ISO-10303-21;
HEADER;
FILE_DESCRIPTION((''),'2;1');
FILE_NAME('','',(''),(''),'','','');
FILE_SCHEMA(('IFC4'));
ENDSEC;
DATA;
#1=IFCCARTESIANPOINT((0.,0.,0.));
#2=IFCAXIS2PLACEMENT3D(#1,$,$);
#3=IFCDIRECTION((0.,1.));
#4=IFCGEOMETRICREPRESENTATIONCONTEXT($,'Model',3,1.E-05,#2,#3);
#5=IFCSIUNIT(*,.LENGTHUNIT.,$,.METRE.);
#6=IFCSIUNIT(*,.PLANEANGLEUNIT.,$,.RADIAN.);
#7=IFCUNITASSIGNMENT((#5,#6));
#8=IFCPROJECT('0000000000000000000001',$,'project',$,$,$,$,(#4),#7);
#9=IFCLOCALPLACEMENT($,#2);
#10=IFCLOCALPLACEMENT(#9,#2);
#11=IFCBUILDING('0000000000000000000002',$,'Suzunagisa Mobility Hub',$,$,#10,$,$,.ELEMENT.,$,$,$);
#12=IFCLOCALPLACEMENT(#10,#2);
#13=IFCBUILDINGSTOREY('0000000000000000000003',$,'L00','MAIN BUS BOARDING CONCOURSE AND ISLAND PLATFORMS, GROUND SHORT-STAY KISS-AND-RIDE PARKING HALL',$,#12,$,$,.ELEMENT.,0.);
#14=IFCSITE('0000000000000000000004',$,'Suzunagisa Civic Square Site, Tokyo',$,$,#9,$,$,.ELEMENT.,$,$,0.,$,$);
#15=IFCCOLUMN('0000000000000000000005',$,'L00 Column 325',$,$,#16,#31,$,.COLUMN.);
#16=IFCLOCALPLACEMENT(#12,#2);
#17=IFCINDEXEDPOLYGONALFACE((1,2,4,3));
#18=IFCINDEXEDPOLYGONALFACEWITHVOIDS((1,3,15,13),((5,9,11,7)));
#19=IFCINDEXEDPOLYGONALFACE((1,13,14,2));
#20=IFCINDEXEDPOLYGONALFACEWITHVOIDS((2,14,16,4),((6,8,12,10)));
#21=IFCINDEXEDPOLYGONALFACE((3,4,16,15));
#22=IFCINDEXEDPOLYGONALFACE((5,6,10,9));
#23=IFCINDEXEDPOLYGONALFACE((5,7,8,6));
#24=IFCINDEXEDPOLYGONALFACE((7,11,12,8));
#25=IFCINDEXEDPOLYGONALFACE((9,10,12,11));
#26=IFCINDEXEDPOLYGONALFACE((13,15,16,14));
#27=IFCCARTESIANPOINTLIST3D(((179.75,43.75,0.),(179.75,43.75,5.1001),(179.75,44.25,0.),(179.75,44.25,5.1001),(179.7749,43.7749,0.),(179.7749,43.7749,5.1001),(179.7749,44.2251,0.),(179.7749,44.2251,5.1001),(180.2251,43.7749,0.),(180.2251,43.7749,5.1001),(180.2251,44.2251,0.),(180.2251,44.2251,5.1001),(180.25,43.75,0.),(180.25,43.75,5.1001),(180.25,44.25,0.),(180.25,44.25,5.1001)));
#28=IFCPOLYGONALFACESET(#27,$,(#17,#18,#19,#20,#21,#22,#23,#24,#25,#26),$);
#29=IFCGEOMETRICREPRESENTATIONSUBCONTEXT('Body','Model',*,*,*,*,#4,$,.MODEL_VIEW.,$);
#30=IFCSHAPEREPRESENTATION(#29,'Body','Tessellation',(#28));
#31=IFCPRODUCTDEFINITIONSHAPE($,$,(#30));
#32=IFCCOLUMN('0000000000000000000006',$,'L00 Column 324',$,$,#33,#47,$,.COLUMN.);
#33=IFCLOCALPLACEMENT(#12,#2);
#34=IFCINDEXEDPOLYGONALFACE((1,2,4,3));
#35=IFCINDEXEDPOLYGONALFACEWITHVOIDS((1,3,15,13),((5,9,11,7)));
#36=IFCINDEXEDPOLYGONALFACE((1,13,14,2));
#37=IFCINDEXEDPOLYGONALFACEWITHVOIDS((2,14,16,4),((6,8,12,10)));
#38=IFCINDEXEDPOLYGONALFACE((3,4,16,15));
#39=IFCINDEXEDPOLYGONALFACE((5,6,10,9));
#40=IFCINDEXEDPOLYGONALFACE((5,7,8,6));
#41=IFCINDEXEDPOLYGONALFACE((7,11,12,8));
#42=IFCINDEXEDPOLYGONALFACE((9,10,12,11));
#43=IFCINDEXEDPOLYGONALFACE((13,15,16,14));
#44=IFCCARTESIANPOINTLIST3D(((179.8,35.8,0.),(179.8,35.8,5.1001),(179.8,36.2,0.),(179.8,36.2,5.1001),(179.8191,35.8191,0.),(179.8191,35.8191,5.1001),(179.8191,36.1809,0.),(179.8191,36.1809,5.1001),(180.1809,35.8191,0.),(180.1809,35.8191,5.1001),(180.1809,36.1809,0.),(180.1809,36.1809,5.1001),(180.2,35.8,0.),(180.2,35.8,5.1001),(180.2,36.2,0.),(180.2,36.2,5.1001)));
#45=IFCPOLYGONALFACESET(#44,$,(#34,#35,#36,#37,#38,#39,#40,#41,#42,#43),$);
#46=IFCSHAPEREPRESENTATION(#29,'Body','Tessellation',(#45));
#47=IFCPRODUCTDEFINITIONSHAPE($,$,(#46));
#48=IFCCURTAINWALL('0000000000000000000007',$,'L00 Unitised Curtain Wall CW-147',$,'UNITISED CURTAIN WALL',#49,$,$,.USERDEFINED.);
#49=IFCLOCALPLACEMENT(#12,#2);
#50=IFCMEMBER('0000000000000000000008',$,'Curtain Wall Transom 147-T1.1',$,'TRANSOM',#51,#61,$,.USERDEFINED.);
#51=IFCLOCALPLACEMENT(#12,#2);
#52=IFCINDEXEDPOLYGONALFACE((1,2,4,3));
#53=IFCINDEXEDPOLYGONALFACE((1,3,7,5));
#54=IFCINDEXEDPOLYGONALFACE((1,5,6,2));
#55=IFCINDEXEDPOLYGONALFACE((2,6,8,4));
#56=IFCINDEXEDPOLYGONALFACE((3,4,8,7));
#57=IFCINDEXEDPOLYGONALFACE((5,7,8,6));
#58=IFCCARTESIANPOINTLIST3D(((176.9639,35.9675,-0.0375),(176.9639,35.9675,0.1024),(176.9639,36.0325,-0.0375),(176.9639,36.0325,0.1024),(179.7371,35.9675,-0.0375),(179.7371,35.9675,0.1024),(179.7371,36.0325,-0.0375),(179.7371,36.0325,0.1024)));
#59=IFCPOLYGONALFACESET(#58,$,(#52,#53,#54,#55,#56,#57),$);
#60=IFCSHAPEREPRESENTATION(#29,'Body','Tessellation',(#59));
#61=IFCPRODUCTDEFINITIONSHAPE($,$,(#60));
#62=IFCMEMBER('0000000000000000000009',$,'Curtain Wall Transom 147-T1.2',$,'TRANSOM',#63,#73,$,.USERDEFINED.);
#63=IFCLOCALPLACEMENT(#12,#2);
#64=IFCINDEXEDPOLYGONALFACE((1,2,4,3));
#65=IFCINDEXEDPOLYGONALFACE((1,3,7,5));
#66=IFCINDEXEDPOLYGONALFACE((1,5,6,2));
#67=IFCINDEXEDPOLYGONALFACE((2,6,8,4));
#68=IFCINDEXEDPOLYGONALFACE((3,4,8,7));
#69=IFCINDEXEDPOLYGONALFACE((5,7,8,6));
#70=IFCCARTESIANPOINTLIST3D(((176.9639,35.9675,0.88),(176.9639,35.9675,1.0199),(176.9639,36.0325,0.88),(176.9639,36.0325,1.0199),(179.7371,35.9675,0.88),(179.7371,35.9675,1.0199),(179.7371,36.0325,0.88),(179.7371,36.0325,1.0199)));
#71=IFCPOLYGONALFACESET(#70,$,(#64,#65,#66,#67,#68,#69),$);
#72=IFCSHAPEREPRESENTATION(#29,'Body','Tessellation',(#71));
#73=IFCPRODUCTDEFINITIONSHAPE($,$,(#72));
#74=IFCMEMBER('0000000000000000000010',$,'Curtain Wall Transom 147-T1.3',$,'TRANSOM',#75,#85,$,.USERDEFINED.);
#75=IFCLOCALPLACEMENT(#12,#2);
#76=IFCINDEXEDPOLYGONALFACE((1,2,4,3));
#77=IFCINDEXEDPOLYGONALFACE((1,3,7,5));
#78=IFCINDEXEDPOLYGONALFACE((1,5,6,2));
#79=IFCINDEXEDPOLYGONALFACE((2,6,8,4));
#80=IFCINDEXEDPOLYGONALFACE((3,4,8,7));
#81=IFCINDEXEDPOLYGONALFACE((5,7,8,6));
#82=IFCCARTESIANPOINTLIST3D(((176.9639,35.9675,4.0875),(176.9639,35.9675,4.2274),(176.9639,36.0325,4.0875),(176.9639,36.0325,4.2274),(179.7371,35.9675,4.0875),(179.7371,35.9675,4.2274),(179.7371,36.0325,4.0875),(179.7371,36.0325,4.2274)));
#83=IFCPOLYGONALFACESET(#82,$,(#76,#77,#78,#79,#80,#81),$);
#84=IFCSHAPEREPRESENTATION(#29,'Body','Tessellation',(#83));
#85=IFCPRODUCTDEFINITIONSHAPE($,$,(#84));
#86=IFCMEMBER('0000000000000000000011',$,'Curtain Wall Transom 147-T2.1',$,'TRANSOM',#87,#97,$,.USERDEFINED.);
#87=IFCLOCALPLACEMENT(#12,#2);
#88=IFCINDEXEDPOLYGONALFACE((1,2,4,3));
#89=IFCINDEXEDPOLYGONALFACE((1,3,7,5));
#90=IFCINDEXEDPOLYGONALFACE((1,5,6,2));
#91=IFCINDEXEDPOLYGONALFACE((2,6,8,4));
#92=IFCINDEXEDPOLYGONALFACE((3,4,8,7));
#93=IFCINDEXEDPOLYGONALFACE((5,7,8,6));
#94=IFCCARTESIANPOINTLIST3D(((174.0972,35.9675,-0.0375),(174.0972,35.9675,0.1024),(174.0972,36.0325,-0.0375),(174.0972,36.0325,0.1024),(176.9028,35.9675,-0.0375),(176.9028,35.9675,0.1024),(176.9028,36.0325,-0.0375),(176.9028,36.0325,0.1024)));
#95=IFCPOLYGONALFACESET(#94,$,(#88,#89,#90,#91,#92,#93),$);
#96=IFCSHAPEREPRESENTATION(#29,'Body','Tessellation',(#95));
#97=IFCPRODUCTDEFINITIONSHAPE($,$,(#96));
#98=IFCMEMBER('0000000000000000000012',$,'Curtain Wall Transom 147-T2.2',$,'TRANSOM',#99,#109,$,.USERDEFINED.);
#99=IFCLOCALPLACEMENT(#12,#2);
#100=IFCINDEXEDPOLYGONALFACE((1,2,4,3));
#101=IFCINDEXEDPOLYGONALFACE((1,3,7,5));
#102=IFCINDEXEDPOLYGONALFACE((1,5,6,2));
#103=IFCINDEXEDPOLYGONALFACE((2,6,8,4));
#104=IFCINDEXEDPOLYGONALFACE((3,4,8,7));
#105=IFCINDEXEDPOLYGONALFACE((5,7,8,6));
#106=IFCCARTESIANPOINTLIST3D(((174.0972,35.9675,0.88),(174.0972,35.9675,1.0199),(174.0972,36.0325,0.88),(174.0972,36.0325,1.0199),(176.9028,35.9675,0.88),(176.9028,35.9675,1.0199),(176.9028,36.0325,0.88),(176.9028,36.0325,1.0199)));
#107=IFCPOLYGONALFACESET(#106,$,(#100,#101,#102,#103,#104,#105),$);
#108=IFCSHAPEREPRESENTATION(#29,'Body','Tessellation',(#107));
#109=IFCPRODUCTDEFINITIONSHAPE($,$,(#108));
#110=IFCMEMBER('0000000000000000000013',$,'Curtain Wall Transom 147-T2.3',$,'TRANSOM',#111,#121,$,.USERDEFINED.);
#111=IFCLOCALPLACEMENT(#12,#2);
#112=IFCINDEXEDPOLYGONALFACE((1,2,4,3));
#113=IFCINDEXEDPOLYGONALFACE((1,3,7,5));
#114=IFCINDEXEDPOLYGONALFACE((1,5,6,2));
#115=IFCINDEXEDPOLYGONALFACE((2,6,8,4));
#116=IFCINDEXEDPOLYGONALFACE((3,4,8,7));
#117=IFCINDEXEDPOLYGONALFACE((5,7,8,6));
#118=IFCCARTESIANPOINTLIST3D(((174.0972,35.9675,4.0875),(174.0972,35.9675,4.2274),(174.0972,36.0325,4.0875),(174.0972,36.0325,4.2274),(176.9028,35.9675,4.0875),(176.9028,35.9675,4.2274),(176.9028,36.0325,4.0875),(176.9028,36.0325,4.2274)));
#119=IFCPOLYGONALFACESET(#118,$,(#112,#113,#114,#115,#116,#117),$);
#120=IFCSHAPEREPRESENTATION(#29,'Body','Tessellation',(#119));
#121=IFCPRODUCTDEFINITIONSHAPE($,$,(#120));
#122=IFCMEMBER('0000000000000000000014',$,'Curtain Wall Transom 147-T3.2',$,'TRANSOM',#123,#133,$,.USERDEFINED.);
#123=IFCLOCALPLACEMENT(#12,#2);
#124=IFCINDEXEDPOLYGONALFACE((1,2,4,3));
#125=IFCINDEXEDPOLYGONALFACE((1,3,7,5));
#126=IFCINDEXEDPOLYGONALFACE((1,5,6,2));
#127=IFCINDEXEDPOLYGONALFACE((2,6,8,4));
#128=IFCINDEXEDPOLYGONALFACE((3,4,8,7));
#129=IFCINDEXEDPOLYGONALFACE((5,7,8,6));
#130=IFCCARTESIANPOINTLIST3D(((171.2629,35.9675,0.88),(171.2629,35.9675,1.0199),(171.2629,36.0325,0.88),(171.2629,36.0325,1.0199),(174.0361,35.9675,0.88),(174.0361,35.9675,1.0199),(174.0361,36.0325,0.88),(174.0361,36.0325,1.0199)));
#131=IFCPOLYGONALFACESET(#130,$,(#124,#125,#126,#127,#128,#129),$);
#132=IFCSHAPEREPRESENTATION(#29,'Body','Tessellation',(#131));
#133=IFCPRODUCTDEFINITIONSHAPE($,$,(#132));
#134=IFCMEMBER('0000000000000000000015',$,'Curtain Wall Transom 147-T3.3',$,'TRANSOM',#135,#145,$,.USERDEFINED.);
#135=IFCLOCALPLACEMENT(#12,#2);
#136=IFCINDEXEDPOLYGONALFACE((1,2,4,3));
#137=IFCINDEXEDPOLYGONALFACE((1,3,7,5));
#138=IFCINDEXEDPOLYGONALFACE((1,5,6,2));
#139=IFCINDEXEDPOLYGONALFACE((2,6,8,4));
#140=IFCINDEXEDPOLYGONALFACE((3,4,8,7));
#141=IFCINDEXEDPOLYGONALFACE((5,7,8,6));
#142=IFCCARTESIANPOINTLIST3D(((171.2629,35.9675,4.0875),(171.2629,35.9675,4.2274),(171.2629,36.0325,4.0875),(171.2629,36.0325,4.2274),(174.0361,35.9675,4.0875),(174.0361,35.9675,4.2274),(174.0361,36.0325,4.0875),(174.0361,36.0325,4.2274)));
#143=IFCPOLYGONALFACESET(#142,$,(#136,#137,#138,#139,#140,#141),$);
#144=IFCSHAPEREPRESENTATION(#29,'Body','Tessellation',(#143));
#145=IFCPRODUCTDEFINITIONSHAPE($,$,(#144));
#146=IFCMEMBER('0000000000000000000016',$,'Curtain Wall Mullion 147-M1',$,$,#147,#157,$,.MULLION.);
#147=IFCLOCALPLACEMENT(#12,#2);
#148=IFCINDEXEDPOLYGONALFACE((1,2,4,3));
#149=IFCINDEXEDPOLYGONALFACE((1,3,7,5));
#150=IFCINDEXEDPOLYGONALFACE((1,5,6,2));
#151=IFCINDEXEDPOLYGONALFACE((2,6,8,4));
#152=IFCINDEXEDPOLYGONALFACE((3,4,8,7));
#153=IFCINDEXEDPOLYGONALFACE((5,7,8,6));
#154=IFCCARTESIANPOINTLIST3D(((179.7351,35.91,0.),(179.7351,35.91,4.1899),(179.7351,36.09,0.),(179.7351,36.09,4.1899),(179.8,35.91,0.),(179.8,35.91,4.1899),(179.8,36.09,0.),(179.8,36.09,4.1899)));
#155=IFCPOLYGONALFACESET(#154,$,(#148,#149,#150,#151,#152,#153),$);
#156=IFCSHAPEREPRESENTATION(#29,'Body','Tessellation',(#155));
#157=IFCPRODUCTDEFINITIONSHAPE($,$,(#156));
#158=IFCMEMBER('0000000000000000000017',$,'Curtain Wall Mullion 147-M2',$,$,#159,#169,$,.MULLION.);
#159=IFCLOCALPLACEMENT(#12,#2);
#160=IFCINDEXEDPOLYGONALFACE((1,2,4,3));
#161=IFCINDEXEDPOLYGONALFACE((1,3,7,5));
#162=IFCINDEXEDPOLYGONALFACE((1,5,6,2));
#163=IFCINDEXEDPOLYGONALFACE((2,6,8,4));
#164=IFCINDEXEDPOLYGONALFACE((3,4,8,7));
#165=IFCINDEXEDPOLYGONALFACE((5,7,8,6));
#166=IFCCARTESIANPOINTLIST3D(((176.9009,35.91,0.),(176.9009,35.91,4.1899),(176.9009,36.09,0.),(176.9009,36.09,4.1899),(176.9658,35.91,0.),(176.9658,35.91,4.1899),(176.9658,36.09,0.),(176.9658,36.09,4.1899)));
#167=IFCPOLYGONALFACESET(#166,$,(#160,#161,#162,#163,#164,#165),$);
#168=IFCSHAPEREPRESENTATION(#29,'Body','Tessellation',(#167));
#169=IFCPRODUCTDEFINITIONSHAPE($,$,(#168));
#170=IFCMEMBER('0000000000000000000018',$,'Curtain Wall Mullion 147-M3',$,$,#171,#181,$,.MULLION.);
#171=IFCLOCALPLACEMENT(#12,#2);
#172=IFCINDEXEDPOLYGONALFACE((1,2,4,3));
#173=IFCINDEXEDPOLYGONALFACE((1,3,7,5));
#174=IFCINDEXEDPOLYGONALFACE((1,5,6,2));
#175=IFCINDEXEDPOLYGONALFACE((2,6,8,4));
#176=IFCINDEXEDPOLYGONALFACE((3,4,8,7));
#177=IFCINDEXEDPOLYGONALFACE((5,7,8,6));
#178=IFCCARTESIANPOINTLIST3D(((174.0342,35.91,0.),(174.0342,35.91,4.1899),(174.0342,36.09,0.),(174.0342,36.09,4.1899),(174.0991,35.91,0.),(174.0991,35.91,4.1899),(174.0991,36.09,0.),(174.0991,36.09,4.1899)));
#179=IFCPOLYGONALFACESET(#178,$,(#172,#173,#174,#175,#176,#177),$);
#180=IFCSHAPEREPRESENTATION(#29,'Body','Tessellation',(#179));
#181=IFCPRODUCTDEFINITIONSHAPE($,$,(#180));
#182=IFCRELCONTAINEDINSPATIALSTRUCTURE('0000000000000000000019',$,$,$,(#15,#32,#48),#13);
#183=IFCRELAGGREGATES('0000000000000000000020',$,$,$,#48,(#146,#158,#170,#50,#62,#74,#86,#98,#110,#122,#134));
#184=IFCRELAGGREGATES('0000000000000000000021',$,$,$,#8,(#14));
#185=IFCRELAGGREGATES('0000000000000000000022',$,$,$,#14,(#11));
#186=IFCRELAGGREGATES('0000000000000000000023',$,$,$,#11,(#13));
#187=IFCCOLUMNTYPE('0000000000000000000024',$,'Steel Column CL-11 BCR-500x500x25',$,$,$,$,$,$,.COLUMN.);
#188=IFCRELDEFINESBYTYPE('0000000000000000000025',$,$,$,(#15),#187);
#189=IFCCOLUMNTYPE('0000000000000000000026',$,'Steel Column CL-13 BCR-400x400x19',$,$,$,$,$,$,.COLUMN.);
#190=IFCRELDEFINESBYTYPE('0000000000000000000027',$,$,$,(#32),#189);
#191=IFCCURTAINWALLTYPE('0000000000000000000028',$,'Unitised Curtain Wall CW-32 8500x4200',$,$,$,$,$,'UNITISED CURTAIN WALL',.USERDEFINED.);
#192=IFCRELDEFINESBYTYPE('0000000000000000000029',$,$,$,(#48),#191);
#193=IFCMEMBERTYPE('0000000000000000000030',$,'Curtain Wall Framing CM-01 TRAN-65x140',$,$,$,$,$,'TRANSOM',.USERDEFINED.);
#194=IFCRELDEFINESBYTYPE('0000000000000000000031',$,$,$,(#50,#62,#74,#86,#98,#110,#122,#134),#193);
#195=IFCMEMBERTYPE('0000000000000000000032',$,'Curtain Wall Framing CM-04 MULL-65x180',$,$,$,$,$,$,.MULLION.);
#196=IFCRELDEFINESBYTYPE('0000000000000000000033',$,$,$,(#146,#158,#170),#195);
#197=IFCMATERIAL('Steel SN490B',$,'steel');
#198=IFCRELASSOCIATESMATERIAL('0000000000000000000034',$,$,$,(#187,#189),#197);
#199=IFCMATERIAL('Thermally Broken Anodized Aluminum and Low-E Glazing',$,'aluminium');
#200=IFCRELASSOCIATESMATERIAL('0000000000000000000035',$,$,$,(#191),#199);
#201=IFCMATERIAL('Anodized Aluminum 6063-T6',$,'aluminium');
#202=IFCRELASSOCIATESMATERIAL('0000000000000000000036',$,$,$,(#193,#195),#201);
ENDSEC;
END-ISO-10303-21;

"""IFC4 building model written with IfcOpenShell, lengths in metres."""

from ifc_helpers import new_model, si_unit, direction, frame, origin, origin_2d, place, context, subcontext, project, spatial, rectangle, hollow_rectangle, extrude, material, material_profile, profile_set, type_object, element, aggregate, save


model = new_model("IFC4")

# Units and contexts
model_context = context("Model", 3, precision=1e-05, world=origin(), true_north=direction((0.0, 1.0)))
body_context = subcontext(model_context, "Body", "Model", "MODEL_VIEW")
ifc_project = project(units=[si_unit("LENGTHUNIT", "METRE"), si_unit("PLANEANGLEUNIT", "RADIAN")], contexts=[model_context])

# Site, building, storey
site_placement = place(None, origin())
site = spatial("IfcSite", under=ifc_project, at=site_placement, Name="Suzunagisa Civic Square Site, Tokyo", CompositionType="ELEMENT", RefElevation=0.0)
building_placement = place(site_placement, origin())
building = spatial("IfcBuilding", under=site, at=building_placement, Name="Suzunagisa Mobility Hub", CompositionType="ELEMENT")
storey_placement = place(building_placement, origin())
storey = spatial("IfcBuildingStorey", under=building, at=storey_placement, Name="L00", Description="MAIN BUS BOARDING CONCOURSE AND ISLAND PLATFORMS, GROUND SHORT-STAY KISS-AND-RIDE PARKING HALL", CompositionType="ELEMENT", Elevation=0.0)

# Columns
ifc_material_1 = material(Name="Steel SN490B", Category="steel")
ifc_material_profile_1 = material_profile(ifc_material_1, hollow_rectangle(XDim=0.5, YDim=0.5, WallThickness=0.0249, at=origin_2d()), Name="BCR-500x500x25")
ifc_profile_set_1 = profile_set([ifc_material_profile_1], Name="Steel SN490B")
column_type_1 = type_object("IfcColumnType", Name="Steel Column CL-11 BCR-500x500x25", PredefinedType="COLUMN", material=ifc_profile_set_1)
column_1_placement = place(storey_placement, frame((180.0, 44.0, 0.0), z_axis=(0.0, 0.0, 1.0), x_axis=(1.0, 0.0, 0.0)))
element("IfcColumn", 1, at=column_1_placement, inside=storey, type_object=column_type_1, Name="L00 Column 325", PredefinedType="COLUMN", context=body_context, shape_type="SweptSolid", body=[
    extrude(hollow_rectangle(XDim=0.5, YDim=0.5, WallThickness=0.0249, at=origin_2d()), origin(), (0.0, 0.0, 1.0), 5.1001),
])
ifc_material_profile_2 = material_profile(ifc_material_1, hollow_rectangle(XDim=0.3999, YDim=0.3999, WallThickness=0.019, at=origin_2d()), Name="BCR-400x400x19")
ifc_profile_set_2 = profile_set([ifc_material_profile_2], Name="Steel SN490B")
column_type_2 = type_object("IfcColumnType", Name="Steel Column CL-13 BCR-400x400x19", PredefinedType="COLUMN", material=ifc_profile_set_2)
column_2_placement = place(storey_placement, frame((180.0, 36.0, 0.0), z_axis=(0.0, 0.0, 1.0), x_axis=(1.0, 0.0, 0.0)))
element("IfcColumn", 2, at=column_2_placement, inside=storey, type_object=column_type_2, Name="L00 Column 324", PredefinedType="COLUMN", context=body_context, shape_type="SweptSolid", body=[
    extrude(hollow_rectangle(XDim=0.3999, YDim=0.3999, WallThickness=0.019, at=origin_2d()), origin(), (0.0, 0.0, 1.0), 5.1001),
])

# Curtain wall, members
ifc_material_2 = material(Name="Thermally Broken Anodized Aluminum and Low-E Glazing", Category="aluminium")
curtain_wall_type = type_object("IfcCurtainWallType", Name="Unitised Curtain Wall CW-32 8500x4200", ElementType="UNITISED CURTAIN WALL", PredefinedType="USERDEFINED", material=ifc_material_2)
curtain_wall_placement = place(storey_placement, origin())
curtain_wall = element("IfcCurtainWall", 3, at=curtain_wall_placement, inside=storey, type_object=curtain_wall_type, Name="L00 Unitised Curtain Wall CW-147", ObjectType="UNITISED CURTAIN WALL", PredefinedType="USERDEFINED")
ifc_material_3 = material(Name="Anodized Aluminum 6063-T6", Category="aluminium")
ifc_material_profile_3 = material_profile(ifc_material_3, rectangle(XDim=0.0649, YDim=0.1399, at=origin_2d()), Name="TRAN-65x140")
ifc_profile_set_3 = profile_set([ifc_material_profile_3], Name="Anodized Aluminum 6063-T6")
member_type_1 = type_object("IfcMemberType", Name="Curtain Wall Framing CM-01 TRAN-65x140", ElementType="TRANSOM", PredefinedType="USERDEFINED", material=ifc_profile_set_3)
member_1_placement = place(storey_placement, frame((179.7371, 36.0, 0.0325), z_axis=(-1.0, 0.0, 0.0), x_axis=(0.0, -1.0, 0.0)))
member_1 = element("IfcMember", 4, at=member_1_placement, type_object=member_type_1, Name="Curtain Wall Transom 147-T1.1", ObjectType="TRANSOM", PredefinedType="USERDEFINED", context=body_context, shape_type="SweptSolid", body=[
    extrude(rectangle(XDim=0.0649, YDim=0.1399, at=origin_2d()), origin(), (0.0, 0.0, 1.0), 2.7732),
])
member_2_placement = place(storey_placement, frame((179.7371, 36.0, 0.95), z_axis=(-1.0, 0.0, 0.0), x_axis=(0.0, -1.0, 0.0)))
member_2 = element("IfcMember", 5, at=member_2_placement, type_object=member_type_1, Name="Curtain Wall Transom 147-T1.2", ObjectType="TRANSOM", PredefinedType="USERDEFINED", context=body_context, shape_type="SweptSolid", body=[
    extrude(rectangle(XDim=0.0649, YDim=0.1399, at=origin_2d()), origin(), (0.0, 0.0, 1.0), 2.7732),
])
member_3_placement = place(storey_placement, frame((179.7371, 36.0, 4.1575), z_axis=(-1.0, 0.0, 0.0), x_axis=(0.0, -1.0, 0.0)))
member_3 = element("IfcMember", 6, at=member_3_placement, type_object=member_type_1, Name="Curtain Wall Transom 147-T1.3", ObjectType="TRANSOM", PredefinedType="USERDEFINED", context=body_context, shape_type="SweptSolid", body=[
    extrude(rectangle(XDim=0.0649, YDim=0.1399, at=origin_2d()), origin(), (0.0, 0.0, 1.0), 2.7732),
])
member_4_placement = place(storey_placement, frame((176.9028, 36.0, 0.0325), z_axis=(-1.0, 0.0, 0.0), x_axis=(0.0, -1.0, 0.0)))
member_4 = element("IfcMember", 7, at=member_4_placement, type_object=member_type_1, Name="Curtain Wall Transom 147-T2.1", ObjectType="TRANSOM", PredefinedType="USERDEFINED", context=body_context, shape_type="SweptSolid", body=[
    extrude(rectangle(XDim=0.0649, YDim=0.1399, at=origin_2d()), origin(), (0.0, 0.0, 1.0), 2.8057),
])
member_5_placement = place(storey_placement, frame((176.9028, 36.0, 0.95), z_axis=(-1.0, 0.0, 0.0), x_axis=(0.0, -1.0, 0.0)))
member_5 = element("IfcMember", 8, at=member_5_placement, type_object=member_type_1, Name="Curtain Wall Transom 147-T2.2", ObjectType="TRANSOM", PredefinedType="USERDEFINED", context=body_context, shape_type="SweptSolid", body=[
    extrude(rectangle(XDim=0.0649, YDim=0.1399, at=origin_2d()), origin(), (0.0, 0.0, 1.0), 2.8057),
])
member_6_placement = place(storey_placement, frame((176.9028, 36.0, 4.1575), z_axis=(-1.0, 0.0, 0.0), x_axis=(0.0, -1.0, 0.0)))
member_6 = element("IfcMember", 9, at=member_6_placement, type_object=member_type_1, Name="Curtain Wall Transom 147-T2.3", ObjectType="TRANSOM", PredefinedType="USERDEFINED", context=body_context, shape_type="SweptSolid", body=[
    extrude(rectangle(XDim=0.0649, YDim=0.1399, at=origin_2d()), origin(), (0.0, 0.0, 1.0), 2.8057),
])
member_7_placement = place(storey_placement, frame((174.0361, 36.0, 0.95), z_axis=(-1.0, 0.0, 0.0), x_axis=(0.0, -1.0, 0.0)))
member_7 = element("IfcMember", 10, at=member_7_placement, type_object=member_type_1, Name="Curtain Wall Transom 147-T3.2", ObjectType="TRANSOM", PredefinedType="USERDEFINED", context=body_context, shape_type="SweptSolid", body=[
    extrude(rectangle(XDim=0.0649, YDim=0.1399, at=origin_2d()), origin(), (0.0, 0.0, 1.0), 2.7732),
])
member_8_placement = place(storey_placement, frame((174.0361, 36.0, 4.1575), z_axis=(-1.0, 0.0, 0.0), x_axis=(0.0, -1.0, 0.0)))
member_8 = element("IfcMember", 11, at=member_8_placement, type_object=member_type_1, Name="Curtain Wall Transom 147-T3.3", ObjectType="TRANSOM", PredefinedType="USERDEFINED", context=body_context, shape_type="SweptSolid", body=[
    extrude(rectangle(XDim=0.0649, YDim=0.1399, at=origin_2d()), origin(), (0.0, 0.0, 1.0), 2.7732),
])
ifc_material_profile_4 = material_profile(ifc_material_3, rectangle(XDim=0.0649, YDim=0.1799, at=origin_2d()), Name="MULL-65x180")
ifc_profile_set_4 = profile_set([ifc_material_profile_4], Name="Anodized Aluminum 6063-T6")
member_type_2 = type_object("IfcMemberType", Name="Curtain Wall Framing CM-04 MULL-65x180", PredefinedType="MULLION", material=ifc_profile_set_4)
member_9_placement = place(storey_placement, frame((179.7676, 36.0, 0.0), z_axis=(0.0, 0.0, 1.0), x_axis=(-1.0, 0.0, 0.0)))
member_9 = element("IfcMember", 12, at=member_9_placement, type_object=member_type_2, Name="Curtain Wall Mullion 147-M1", PredefinedType="MULLION", context=body_context, shape_type="SweptSolid", body=[
    extrude(rectangle(XDim=0.0649, YDim=0.1799, at=origin_2d()), origin(), (0.0, 0.0, 1.0), 4.1899),
])
member_10_placement = place(storey_placement, frame((176.9333, 36.0, 0.0), z_axis=(0.0, 0.0, 1.0), x_axis=(-1.0, 0.0, 0.0)))
member_10 = element("IfcMember", 13, at=member_10_placement, type_object=member_type_2, Name="Curtain Wall Mullion 147-M2", PredefinedType="MULLION", context=body_context, shape_type="SweptSolid", body=[
    extrude(rectangle(XDim=0.0649, YDim=0.1799, at=origin_2d()), origin(), (0.0, 0.0, 1.0), 4.1899),
])
member_11_placement = place(storey_placement, frame((174.0667, 36.0, 0.0), z_axis=(0.0, 0.0, 1.0), x_axis=(-1.0, 0.0, 0.0)))
member_11 = element("IfcMember", 14, at=member_11_placement, type_object=member_type_2, Name="Curtain Wall Mullion 147-M3", PredefinedType="MULLION", context=body_context, shape_type="SweptSolid", body=[
    extrude(rectangle(XDim=0.0649, YDim=0.1799, at=origin_2d()), origin(), (0.0, 0.0, 1.0), 4.1899),
])
aggregate(curtain_wall, [member_9, member_10, member_11, member_1, member_2, member_3, member_4, member_5, member_6, member_7, member_8])

save(model, "model.ifc")
